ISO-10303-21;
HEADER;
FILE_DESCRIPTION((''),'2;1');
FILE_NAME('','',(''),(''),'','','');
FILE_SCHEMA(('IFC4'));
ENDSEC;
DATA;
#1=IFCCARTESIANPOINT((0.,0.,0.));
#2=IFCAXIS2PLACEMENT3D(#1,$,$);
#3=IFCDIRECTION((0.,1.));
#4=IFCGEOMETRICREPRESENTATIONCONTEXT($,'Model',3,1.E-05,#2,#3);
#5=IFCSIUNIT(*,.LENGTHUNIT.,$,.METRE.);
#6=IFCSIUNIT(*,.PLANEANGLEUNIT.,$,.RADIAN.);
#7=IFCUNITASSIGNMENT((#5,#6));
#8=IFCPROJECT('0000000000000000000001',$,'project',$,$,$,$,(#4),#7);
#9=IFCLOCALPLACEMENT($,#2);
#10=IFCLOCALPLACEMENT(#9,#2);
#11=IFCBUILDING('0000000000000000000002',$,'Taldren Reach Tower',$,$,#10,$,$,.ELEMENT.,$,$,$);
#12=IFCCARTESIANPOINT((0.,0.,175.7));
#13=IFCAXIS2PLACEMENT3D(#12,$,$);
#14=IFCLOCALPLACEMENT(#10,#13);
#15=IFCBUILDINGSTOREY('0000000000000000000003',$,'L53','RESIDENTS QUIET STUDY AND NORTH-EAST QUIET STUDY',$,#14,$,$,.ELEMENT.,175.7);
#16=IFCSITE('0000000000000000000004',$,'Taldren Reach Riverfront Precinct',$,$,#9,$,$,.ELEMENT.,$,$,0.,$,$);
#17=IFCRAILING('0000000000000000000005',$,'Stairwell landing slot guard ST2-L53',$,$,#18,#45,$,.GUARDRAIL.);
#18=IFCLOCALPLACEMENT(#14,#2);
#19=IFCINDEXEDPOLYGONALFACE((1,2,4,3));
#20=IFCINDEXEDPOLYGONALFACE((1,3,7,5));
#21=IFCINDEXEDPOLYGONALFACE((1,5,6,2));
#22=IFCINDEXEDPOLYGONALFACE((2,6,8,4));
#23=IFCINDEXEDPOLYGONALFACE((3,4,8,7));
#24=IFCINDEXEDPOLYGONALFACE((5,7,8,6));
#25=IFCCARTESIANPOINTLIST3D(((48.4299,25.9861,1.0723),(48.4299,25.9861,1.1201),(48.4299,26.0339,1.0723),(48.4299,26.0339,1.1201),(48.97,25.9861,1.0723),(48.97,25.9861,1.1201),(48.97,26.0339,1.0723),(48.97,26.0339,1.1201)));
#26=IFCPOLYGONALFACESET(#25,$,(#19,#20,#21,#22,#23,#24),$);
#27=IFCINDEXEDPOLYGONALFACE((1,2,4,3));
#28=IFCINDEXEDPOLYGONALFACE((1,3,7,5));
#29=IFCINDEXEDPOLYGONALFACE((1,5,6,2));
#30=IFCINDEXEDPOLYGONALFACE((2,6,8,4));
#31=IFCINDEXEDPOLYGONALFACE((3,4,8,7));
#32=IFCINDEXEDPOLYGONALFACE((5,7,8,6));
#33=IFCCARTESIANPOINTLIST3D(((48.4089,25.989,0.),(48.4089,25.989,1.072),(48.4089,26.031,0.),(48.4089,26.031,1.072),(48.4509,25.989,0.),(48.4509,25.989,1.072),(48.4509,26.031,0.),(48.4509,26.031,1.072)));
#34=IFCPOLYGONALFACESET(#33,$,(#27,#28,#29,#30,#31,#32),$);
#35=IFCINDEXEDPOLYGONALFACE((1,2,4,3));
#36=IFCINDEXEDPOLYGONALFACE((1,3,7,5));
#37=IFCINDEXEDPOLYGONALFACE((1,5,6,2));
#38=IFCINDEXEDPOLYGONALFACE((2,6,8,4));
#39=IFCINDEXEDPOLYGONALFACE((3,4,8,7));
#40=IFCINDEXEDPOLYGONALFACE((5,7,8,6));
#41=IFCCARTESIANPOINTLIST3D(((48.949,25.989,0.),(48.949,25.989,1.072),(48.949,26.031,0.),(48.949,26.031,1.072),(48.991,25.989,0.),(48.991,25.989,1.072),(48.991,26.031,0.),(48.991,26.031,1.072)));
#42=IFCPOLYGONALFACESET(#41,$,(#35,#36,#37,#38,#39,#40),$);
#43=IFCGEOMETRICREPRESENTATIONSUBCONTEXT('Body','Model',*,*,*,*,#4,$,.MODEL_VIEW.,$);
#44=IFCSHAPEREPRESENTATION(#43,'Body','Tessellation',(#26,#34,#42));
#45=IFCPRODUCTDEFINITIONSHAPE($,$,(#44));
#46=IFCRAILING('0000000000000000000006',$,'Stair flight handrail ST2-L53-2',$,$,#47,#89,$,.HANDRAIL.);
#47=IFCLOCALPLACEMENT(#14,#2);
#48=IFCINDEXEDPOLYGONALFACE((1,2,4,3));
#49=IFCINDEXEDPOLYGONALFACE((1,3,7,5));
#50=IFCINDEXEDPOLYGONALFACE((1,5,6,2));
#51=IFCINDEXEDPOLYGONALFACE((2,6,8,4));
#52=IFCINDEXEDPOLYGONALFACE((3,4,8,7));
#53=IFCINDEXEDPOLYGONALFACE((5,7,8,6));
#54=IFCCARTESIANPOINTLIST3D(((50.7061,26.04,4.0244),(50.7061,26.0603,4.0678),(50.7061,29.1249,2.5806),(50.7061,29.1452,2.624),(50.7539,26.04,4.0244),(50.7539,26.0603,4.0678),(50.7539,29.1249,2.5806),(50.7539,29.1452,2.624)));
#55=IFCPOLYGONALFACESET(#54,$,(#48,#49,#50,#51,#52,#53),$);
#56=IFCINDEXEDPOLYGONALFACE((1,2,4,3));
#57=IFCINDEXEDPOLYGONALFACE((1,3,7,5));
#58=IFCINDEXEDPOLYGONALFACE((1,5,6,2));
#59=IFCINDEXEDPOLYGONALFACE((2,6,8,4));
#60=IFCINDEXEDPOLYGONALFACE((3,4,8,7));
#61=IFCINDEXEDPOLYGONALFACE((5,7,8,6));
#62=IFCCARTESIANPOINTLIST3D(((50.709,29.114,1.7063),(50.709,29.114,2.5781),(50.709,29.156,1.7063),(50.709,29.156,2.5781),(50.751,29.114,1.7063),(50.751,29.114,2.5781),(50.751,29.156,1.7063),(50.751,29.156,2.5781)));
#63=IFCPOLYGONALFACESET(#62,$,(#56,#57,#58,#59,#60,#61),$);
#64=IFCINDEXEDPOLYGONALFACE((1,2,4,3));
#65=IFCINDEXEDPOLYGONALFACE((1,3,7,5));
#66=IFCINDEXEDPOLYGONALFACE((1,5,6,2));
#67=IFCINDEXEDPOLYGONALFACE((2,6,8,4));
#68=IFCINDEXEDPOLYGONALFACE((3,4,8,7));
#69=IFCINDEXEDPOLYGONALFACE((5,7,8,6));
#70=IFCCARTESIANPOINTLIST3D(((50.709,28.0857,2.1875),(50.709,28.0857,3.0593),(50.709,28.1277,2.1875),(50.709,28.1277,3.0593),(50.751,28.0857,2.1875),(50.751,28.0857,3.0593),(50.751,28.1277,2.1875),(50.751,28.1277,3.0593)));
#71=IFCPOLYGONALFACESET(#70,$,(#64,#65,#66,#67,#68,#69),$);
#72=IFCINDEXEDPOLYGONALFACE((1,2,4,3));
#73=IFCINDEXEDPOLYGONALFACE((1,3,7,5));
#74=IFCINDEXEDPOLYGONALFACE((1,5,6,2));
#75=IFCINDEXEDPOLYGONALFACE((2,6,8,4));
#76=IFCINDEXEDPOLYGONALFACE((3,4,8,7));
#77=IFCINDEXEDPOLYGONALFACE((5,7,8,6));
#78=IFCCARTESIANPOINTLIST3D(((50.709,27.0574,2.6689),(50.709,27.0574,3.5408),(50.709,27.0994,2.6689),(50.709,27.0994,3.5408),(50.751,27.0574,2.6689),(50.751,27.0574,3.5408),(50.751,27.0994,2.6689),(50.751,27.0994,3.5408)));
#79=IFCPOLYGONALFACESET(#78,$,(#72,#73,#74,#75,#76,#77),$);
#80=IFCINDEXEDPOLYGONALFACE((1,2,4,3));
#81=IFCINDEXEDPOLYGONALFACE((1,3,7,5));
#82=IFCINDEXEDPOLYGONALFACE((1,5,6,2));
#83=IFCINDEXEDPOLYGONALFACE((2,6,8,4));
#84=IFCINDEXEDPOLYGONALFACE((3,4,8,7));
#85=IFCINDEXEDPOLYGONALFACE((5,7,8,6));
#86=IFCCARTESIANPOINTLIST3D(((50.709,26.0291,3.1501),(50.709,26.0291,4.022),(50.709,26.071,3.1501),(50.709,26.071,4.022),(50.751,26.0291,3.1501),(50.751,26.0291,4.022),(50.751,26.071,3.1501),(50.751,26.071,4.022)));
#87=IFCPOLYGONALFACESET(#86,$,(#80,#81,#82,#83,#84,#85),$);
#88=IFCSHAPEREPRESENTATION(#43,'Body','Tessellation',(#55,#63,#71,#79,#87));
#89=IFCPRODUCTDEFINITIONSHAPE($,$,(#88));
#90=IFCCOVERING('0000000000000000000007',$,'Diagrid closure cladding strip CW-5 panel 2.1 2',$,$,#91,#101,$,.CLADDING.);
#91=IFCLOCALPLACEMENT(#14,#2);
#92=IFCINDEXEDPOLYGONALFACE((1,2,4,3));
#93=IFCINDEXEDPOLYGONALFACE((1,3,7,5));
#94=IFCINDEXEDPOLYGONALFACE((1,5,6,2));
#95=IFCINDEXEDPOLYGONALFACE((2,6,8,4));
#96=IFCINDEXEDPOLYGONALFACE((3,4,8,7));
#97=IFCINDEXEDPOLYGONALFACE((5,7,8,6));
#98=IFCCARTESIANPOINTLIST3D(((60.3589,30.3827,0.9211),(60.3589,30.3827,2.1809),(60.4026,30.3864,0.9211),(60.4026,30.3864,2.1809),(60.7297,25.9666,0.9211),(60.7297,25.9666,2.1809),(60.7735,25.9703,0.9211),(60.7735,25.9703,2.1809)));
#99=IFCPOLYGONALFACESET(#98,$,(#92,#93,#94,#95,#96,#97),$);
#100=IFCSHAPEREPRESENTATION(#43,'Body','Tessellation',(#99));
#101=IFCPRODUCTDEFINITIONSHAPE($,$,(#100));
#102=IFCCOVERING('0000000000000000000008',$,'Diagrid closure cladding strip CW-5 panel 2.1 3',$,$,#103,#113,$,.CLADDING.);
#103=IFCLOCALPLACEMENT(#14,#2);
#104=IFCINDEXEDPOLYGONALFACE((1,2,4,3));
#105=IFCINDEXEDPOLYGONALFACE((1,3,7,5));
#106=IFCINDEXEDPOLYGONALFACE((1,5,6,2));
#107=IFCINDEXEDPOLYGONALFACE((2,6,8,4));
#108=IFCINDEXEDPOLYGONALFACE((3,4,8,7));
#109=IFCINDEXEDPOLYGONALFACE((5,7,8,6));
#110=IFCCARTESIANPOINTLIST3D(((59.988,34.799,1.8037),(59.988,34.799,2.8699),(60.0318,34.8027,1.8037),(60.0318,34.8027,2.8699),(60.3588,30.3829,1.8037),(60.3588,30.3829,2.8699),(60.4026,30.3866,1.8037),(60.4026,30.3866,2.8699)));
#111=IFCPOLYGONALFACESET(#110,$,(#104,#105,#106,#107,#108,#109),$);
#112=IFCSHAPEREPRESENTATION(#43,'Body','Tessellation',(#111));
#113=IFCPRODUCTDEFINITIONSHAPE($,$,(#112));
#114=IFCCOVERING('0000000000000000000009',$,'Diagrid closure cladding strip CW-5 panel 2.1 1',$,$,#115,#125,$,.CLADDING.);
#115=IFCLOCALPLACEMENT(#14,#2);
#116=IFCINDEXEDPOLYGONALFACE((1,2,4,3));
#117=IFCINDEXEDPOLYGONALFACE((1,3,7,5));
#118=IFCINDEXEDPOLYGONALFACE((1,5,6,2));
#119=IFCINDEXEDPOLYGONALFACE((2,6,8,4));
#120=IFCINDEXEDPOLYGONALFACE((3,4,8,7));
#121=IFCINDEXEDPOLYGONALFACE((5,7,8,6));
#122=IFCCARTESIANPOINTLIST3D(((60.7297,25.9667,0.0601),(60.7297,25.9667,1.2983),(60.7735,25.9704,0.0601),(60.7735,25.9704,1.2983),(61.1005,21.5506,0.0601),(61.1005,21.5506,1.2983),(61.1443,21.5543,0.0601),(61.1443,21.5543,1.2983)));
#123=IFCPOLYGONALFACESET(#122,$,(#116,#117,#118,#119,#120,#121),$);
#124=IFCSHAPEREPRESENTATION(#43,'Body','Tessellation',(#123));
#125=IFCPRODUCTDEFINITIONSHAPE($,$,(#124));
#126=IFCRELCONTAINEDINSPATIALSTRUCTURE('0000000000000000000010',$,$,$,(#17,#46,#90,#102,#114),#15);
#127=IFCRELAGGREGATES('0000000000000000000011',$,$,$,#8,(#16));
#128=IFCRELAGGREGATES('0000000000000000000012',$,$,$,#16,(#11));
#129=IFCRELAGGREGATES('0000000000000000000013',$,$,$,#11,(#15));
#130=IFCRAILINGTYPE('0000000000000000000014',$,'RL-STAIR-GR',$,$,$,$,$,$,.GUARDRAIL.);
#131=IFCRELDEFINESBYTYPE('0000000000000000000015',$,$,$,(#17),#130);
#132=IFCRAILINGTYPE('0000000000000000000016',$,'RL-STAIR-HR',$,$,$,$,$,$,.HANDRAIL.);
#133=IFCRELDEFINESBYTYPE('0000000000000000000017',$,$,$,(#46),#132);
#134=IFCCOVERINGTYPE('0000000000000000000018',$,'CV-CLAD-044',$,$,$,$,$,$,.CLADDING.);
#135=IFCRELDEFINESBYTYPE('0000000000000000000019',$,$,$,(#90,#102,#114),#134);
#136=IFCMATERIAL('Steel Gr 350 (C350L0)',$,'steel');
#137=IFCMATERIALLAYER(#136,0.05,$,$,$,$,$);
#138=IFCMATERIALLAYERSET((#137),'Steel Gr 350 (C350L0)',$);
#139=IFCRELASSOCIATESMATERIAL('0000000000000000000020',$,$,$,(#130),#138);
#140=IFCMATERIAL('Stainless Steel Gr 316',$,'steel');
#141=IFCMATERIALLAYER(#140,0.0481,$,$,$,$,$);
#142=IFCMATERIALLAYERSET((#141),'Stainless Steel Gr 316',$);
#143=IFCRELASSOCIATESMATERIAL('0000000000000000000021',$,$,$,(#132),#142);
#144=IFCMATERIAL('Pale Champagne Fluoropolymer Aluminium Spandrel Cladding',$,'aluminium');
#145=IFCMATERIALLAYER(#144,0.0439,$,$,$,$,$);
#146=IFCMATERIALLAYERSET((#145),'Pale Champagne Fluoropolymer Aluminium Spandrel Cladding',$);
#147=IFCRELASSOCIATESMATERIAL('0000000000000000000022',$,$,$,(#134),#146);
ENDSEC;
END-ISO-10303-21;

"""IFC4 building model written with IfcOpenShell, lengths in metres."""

from ifc_helpers import new_model, si_unit, direction, frame, origin, origin_2d, place, context, subcontext, project, spatial, rectangle, extrude, source, transform, mapped, material, layer, layer_set, type_object, element, save


model = new_model("IFC4")

# Units and contexts
model_context = context("Model", 3, precision=1e-05, world=origin(), true_north=direction((0.0, 1.0)))
body_context = subcontext(model_context, "Body", "Model", "MODEL_VIEW")
ifc_project = project(units=[si_unit("LENGTHUNIT", "METRE"), si_unit("PLANEANGLEUNIT", "RADIAN")], contexts=[model_context])

# Site, building, storey
site_placement = place(None, origin())
site = spatial("IfcSite", under=ifc_project, at=site_placement, Name="Taldren Reach Riverfront Precinct", CompositionType="ELEMENT", RefElevation=0.0)
building_placement = place(site_placement, origin())
building = spatial("IfcBuilding", under=site, at=building_placement, Name="Taldren Reach Tower", CompositionType="ELEMENT")
storey_placement = place(building_placement, frame((0.0, 0.0, 175.7)))
storey = spatial("IfcBuildingStorey", under=building, at=storey_placement, Name="L53", Description="RESIDENTS QUIET STUDY AND NORTH-EAST QUIET STUDY", CompositionType="ELEMENT", Elevation=175.7)

# Shared definitions
ifc_material_1 = material(Name="Steel Gr 350 (C350L0)", Category="steel")

# Railings
ifc_layer_1 = layer(ifc_material_1, 0.05)
ifc_layer_set_1 = layer_set([ifc_layer_1], Name="Steel Gr 350 (C350L0)")
railing_type_1 = type_object("IfcRailingType", Name="RL-STAIR-GR", PredefinedType="GUARDRAIL", material=ifc_layer_set_1)
railing_1_placement = place(storey_placement, frame((48.4299, 26.01, 0.0)))
element("IfcRailing", 1, at=railing_1_placement, inside=storey, type_object=railing_type_1, Name="Stairwell landing slot guard ST2-L53", PredefinedType="GUARDRAIL", context=body_context, shape_type="SweptSolid", body=[
    extrude(rectangle(XDim=0.0479, YDim=0.0479, at=origin_2d()), frame((0.0, 0.0, 1.0962), z_axis=(1.0, 0.0, 0.0), x_axis=(0.0, 1.0, 0.0)), (0.0, 0.0, 1.0), 0.54),
    extrude(rectangle(XDim=0.042, YDim=0.042, at=origin_2d()), origin(), (0.0, 0.0, 1.0), 1.072),
    extrude(rectangle(XDim=0.042, YDim=0.042, at=origin_2d()), frame((0.54, 0.0, 0.0)), (0.0, 0.0, 1.0), 1.072),
])
ifc_material_2 = material(Name="Stainless Steel Gr 316", Category="steel")
ifc_layer_2 = layer(ifc_material_2, 0.0481)
ifc_layer_set_2 = layer_set([ifc_layer_2], Name="Stainless Steel Gr 316")
railing_type_2 = type_object("IfcRailingType", Name="RL-STAIR-HR", PredefinedType="HANDRAIL", material=ifc_layer_set_2)
railing_2_placement = place(storey_placement, frame((50.73, 29.135, 1.7063)))
element("IfcRailing", 2, at=railing_2_placement, inside=storey, type_object=railing_type_2, Name="Stair flight handrail ST2-L53-2", PredefinedType="HANDRAIL", context=body_context, shape_type="SweptSolid", body=[
    extrude(rectangle(XDim=0.0479, YDim=0.0479, at=origin_2d()), frame((0.0, 0.0, 0.896), z_axis=(0.0, -0.90571, 0.423898), x_axis=(1.0, 0.0, 0.0)), (0.0, 0.0, 1.0), 3.406),
    extrude(rectangle(XDim=0.042, YDim=0.042, at=origin_2d()), origin(), (0.0, 0.0, 1.0), 0.8718),
    extrude(rectangle(XDim=0.042, YDim=0.042, at=origin_2d()), frame((0.0, -1.0283, 0.4812)), (0.0, 0.0, 1.0), 0.8718),
    extrude(rectangle(XDim=0.042, YDim=0.042, at=origin_2d()), frame((0.0, -2.0566, 0.9626)), (0.0, 0.0, 1.0), 0.8718),
    extrude(rectangle(XDim=0.042, YDim=0.042, at=origin_2d()), frame((0.0, -3.085, 1.4438)), (0.0, 0.0, 1.0), 0.8718),
])

# Coverings
ifc_material_3 = material(Name="Pale Champagne Fluoropolymer Aluminium Spandrel Cladding", Category="aluminium")
ifc_layer_3 = layer(ifc_material_3, 0.0439)
ifc_layer_set_3 = layer_set([ifc_layer_3], Name="Pale Champagne Fluoropolymer Aluminium Spandrel Cladding")
covering_type = type_object("IfcCoveringType", Name="CV-CLAD-044", PredefinedType="CLADDING", material=ifc_layer_set_3)
shared_shape_1 = source(origin(), body_context, "Body", "SweptSolid", [
    extrude(rectangle(XDim=4.4316, YDim=0.0439, at=origin_2d()), origin(), (0.0, 0.0, 1.0), 1.2598),
])
covering_1_placement = place(storey_placement, frame((60.5662, 28.1765, 0.9211), z_axis=(0.0, 0.0, 1.0), x_axis=(-0.083678, 0.996493, 0.0)))
element("IfcCovering", 3, at=covering_1_placement, inside=storey, type_object=covering_type, Name="Diagrid closure cladding strip CW-5 panel 2.1 2", PredefinedType="CLADDING", context=body_context, shape_type="MappedRepresentation", body=[
    mapped(shared_shape_1, transform((0.0, 0.0, 0.0), scale=1.0)),
])
shared_shape_2 = source(origin(), body_context, "Body", "SweptSolid", [
    extrude(rectangle(XDim=4.4316, YDim=0.0439, at=origin_2d()), origin(), (0.0, 0.0, 1.0), 1.0662),
])
covering_2_placement = place(storey_placement, frame((60.1953, 32.5928, 1.8037), z_axis=(0.0, 0.0, 1.0), x_axis=(-0.083678, 0.996493, 0.0)))
element("IfcCovering", 4, at=covering_2_placement, inside=storey, type_object=covering_type, Name="Diagrid closure cladding strip CW-5 panel 2.1 3", PredefinedType="CLADDING", context=body_context, shape_type="MappedRepresentation", body=[
    mapped(shared_shape_2, transform((0.0, 0.0, 0.0), scale=1.0)),
])
shared_shape_3 = source(origin(), body_context, "Body", "SweptSolid", [
    extrude(rectangle(XDim=4.4316, YDim=0.0439, at=origin_2d()), origin(), (0.0, 0.0, 1.0), 1.2383),
])
covering_3_placement = place(storey_placement, frame((60.937, 23.7605, 0.0601), z_axis=(0.0, 0.0, 1.0), x_axis=(-0.083678, 0.996493, 0.0)))
element("IfcCovering", 5, at=covering_3_placement, inside=storey, type_object=covering_type, Name="Diagrid closure cladding strip CW-5 panel 2.1 1", PredefinedType="CLADDING", context=body_context, shape_type="MappedRepresentation", body=[
    mapped(shared_shape_3, transform((0.0, 0.0, 0.0), scale=1.0)),
])

save(model, "model.ifc")
